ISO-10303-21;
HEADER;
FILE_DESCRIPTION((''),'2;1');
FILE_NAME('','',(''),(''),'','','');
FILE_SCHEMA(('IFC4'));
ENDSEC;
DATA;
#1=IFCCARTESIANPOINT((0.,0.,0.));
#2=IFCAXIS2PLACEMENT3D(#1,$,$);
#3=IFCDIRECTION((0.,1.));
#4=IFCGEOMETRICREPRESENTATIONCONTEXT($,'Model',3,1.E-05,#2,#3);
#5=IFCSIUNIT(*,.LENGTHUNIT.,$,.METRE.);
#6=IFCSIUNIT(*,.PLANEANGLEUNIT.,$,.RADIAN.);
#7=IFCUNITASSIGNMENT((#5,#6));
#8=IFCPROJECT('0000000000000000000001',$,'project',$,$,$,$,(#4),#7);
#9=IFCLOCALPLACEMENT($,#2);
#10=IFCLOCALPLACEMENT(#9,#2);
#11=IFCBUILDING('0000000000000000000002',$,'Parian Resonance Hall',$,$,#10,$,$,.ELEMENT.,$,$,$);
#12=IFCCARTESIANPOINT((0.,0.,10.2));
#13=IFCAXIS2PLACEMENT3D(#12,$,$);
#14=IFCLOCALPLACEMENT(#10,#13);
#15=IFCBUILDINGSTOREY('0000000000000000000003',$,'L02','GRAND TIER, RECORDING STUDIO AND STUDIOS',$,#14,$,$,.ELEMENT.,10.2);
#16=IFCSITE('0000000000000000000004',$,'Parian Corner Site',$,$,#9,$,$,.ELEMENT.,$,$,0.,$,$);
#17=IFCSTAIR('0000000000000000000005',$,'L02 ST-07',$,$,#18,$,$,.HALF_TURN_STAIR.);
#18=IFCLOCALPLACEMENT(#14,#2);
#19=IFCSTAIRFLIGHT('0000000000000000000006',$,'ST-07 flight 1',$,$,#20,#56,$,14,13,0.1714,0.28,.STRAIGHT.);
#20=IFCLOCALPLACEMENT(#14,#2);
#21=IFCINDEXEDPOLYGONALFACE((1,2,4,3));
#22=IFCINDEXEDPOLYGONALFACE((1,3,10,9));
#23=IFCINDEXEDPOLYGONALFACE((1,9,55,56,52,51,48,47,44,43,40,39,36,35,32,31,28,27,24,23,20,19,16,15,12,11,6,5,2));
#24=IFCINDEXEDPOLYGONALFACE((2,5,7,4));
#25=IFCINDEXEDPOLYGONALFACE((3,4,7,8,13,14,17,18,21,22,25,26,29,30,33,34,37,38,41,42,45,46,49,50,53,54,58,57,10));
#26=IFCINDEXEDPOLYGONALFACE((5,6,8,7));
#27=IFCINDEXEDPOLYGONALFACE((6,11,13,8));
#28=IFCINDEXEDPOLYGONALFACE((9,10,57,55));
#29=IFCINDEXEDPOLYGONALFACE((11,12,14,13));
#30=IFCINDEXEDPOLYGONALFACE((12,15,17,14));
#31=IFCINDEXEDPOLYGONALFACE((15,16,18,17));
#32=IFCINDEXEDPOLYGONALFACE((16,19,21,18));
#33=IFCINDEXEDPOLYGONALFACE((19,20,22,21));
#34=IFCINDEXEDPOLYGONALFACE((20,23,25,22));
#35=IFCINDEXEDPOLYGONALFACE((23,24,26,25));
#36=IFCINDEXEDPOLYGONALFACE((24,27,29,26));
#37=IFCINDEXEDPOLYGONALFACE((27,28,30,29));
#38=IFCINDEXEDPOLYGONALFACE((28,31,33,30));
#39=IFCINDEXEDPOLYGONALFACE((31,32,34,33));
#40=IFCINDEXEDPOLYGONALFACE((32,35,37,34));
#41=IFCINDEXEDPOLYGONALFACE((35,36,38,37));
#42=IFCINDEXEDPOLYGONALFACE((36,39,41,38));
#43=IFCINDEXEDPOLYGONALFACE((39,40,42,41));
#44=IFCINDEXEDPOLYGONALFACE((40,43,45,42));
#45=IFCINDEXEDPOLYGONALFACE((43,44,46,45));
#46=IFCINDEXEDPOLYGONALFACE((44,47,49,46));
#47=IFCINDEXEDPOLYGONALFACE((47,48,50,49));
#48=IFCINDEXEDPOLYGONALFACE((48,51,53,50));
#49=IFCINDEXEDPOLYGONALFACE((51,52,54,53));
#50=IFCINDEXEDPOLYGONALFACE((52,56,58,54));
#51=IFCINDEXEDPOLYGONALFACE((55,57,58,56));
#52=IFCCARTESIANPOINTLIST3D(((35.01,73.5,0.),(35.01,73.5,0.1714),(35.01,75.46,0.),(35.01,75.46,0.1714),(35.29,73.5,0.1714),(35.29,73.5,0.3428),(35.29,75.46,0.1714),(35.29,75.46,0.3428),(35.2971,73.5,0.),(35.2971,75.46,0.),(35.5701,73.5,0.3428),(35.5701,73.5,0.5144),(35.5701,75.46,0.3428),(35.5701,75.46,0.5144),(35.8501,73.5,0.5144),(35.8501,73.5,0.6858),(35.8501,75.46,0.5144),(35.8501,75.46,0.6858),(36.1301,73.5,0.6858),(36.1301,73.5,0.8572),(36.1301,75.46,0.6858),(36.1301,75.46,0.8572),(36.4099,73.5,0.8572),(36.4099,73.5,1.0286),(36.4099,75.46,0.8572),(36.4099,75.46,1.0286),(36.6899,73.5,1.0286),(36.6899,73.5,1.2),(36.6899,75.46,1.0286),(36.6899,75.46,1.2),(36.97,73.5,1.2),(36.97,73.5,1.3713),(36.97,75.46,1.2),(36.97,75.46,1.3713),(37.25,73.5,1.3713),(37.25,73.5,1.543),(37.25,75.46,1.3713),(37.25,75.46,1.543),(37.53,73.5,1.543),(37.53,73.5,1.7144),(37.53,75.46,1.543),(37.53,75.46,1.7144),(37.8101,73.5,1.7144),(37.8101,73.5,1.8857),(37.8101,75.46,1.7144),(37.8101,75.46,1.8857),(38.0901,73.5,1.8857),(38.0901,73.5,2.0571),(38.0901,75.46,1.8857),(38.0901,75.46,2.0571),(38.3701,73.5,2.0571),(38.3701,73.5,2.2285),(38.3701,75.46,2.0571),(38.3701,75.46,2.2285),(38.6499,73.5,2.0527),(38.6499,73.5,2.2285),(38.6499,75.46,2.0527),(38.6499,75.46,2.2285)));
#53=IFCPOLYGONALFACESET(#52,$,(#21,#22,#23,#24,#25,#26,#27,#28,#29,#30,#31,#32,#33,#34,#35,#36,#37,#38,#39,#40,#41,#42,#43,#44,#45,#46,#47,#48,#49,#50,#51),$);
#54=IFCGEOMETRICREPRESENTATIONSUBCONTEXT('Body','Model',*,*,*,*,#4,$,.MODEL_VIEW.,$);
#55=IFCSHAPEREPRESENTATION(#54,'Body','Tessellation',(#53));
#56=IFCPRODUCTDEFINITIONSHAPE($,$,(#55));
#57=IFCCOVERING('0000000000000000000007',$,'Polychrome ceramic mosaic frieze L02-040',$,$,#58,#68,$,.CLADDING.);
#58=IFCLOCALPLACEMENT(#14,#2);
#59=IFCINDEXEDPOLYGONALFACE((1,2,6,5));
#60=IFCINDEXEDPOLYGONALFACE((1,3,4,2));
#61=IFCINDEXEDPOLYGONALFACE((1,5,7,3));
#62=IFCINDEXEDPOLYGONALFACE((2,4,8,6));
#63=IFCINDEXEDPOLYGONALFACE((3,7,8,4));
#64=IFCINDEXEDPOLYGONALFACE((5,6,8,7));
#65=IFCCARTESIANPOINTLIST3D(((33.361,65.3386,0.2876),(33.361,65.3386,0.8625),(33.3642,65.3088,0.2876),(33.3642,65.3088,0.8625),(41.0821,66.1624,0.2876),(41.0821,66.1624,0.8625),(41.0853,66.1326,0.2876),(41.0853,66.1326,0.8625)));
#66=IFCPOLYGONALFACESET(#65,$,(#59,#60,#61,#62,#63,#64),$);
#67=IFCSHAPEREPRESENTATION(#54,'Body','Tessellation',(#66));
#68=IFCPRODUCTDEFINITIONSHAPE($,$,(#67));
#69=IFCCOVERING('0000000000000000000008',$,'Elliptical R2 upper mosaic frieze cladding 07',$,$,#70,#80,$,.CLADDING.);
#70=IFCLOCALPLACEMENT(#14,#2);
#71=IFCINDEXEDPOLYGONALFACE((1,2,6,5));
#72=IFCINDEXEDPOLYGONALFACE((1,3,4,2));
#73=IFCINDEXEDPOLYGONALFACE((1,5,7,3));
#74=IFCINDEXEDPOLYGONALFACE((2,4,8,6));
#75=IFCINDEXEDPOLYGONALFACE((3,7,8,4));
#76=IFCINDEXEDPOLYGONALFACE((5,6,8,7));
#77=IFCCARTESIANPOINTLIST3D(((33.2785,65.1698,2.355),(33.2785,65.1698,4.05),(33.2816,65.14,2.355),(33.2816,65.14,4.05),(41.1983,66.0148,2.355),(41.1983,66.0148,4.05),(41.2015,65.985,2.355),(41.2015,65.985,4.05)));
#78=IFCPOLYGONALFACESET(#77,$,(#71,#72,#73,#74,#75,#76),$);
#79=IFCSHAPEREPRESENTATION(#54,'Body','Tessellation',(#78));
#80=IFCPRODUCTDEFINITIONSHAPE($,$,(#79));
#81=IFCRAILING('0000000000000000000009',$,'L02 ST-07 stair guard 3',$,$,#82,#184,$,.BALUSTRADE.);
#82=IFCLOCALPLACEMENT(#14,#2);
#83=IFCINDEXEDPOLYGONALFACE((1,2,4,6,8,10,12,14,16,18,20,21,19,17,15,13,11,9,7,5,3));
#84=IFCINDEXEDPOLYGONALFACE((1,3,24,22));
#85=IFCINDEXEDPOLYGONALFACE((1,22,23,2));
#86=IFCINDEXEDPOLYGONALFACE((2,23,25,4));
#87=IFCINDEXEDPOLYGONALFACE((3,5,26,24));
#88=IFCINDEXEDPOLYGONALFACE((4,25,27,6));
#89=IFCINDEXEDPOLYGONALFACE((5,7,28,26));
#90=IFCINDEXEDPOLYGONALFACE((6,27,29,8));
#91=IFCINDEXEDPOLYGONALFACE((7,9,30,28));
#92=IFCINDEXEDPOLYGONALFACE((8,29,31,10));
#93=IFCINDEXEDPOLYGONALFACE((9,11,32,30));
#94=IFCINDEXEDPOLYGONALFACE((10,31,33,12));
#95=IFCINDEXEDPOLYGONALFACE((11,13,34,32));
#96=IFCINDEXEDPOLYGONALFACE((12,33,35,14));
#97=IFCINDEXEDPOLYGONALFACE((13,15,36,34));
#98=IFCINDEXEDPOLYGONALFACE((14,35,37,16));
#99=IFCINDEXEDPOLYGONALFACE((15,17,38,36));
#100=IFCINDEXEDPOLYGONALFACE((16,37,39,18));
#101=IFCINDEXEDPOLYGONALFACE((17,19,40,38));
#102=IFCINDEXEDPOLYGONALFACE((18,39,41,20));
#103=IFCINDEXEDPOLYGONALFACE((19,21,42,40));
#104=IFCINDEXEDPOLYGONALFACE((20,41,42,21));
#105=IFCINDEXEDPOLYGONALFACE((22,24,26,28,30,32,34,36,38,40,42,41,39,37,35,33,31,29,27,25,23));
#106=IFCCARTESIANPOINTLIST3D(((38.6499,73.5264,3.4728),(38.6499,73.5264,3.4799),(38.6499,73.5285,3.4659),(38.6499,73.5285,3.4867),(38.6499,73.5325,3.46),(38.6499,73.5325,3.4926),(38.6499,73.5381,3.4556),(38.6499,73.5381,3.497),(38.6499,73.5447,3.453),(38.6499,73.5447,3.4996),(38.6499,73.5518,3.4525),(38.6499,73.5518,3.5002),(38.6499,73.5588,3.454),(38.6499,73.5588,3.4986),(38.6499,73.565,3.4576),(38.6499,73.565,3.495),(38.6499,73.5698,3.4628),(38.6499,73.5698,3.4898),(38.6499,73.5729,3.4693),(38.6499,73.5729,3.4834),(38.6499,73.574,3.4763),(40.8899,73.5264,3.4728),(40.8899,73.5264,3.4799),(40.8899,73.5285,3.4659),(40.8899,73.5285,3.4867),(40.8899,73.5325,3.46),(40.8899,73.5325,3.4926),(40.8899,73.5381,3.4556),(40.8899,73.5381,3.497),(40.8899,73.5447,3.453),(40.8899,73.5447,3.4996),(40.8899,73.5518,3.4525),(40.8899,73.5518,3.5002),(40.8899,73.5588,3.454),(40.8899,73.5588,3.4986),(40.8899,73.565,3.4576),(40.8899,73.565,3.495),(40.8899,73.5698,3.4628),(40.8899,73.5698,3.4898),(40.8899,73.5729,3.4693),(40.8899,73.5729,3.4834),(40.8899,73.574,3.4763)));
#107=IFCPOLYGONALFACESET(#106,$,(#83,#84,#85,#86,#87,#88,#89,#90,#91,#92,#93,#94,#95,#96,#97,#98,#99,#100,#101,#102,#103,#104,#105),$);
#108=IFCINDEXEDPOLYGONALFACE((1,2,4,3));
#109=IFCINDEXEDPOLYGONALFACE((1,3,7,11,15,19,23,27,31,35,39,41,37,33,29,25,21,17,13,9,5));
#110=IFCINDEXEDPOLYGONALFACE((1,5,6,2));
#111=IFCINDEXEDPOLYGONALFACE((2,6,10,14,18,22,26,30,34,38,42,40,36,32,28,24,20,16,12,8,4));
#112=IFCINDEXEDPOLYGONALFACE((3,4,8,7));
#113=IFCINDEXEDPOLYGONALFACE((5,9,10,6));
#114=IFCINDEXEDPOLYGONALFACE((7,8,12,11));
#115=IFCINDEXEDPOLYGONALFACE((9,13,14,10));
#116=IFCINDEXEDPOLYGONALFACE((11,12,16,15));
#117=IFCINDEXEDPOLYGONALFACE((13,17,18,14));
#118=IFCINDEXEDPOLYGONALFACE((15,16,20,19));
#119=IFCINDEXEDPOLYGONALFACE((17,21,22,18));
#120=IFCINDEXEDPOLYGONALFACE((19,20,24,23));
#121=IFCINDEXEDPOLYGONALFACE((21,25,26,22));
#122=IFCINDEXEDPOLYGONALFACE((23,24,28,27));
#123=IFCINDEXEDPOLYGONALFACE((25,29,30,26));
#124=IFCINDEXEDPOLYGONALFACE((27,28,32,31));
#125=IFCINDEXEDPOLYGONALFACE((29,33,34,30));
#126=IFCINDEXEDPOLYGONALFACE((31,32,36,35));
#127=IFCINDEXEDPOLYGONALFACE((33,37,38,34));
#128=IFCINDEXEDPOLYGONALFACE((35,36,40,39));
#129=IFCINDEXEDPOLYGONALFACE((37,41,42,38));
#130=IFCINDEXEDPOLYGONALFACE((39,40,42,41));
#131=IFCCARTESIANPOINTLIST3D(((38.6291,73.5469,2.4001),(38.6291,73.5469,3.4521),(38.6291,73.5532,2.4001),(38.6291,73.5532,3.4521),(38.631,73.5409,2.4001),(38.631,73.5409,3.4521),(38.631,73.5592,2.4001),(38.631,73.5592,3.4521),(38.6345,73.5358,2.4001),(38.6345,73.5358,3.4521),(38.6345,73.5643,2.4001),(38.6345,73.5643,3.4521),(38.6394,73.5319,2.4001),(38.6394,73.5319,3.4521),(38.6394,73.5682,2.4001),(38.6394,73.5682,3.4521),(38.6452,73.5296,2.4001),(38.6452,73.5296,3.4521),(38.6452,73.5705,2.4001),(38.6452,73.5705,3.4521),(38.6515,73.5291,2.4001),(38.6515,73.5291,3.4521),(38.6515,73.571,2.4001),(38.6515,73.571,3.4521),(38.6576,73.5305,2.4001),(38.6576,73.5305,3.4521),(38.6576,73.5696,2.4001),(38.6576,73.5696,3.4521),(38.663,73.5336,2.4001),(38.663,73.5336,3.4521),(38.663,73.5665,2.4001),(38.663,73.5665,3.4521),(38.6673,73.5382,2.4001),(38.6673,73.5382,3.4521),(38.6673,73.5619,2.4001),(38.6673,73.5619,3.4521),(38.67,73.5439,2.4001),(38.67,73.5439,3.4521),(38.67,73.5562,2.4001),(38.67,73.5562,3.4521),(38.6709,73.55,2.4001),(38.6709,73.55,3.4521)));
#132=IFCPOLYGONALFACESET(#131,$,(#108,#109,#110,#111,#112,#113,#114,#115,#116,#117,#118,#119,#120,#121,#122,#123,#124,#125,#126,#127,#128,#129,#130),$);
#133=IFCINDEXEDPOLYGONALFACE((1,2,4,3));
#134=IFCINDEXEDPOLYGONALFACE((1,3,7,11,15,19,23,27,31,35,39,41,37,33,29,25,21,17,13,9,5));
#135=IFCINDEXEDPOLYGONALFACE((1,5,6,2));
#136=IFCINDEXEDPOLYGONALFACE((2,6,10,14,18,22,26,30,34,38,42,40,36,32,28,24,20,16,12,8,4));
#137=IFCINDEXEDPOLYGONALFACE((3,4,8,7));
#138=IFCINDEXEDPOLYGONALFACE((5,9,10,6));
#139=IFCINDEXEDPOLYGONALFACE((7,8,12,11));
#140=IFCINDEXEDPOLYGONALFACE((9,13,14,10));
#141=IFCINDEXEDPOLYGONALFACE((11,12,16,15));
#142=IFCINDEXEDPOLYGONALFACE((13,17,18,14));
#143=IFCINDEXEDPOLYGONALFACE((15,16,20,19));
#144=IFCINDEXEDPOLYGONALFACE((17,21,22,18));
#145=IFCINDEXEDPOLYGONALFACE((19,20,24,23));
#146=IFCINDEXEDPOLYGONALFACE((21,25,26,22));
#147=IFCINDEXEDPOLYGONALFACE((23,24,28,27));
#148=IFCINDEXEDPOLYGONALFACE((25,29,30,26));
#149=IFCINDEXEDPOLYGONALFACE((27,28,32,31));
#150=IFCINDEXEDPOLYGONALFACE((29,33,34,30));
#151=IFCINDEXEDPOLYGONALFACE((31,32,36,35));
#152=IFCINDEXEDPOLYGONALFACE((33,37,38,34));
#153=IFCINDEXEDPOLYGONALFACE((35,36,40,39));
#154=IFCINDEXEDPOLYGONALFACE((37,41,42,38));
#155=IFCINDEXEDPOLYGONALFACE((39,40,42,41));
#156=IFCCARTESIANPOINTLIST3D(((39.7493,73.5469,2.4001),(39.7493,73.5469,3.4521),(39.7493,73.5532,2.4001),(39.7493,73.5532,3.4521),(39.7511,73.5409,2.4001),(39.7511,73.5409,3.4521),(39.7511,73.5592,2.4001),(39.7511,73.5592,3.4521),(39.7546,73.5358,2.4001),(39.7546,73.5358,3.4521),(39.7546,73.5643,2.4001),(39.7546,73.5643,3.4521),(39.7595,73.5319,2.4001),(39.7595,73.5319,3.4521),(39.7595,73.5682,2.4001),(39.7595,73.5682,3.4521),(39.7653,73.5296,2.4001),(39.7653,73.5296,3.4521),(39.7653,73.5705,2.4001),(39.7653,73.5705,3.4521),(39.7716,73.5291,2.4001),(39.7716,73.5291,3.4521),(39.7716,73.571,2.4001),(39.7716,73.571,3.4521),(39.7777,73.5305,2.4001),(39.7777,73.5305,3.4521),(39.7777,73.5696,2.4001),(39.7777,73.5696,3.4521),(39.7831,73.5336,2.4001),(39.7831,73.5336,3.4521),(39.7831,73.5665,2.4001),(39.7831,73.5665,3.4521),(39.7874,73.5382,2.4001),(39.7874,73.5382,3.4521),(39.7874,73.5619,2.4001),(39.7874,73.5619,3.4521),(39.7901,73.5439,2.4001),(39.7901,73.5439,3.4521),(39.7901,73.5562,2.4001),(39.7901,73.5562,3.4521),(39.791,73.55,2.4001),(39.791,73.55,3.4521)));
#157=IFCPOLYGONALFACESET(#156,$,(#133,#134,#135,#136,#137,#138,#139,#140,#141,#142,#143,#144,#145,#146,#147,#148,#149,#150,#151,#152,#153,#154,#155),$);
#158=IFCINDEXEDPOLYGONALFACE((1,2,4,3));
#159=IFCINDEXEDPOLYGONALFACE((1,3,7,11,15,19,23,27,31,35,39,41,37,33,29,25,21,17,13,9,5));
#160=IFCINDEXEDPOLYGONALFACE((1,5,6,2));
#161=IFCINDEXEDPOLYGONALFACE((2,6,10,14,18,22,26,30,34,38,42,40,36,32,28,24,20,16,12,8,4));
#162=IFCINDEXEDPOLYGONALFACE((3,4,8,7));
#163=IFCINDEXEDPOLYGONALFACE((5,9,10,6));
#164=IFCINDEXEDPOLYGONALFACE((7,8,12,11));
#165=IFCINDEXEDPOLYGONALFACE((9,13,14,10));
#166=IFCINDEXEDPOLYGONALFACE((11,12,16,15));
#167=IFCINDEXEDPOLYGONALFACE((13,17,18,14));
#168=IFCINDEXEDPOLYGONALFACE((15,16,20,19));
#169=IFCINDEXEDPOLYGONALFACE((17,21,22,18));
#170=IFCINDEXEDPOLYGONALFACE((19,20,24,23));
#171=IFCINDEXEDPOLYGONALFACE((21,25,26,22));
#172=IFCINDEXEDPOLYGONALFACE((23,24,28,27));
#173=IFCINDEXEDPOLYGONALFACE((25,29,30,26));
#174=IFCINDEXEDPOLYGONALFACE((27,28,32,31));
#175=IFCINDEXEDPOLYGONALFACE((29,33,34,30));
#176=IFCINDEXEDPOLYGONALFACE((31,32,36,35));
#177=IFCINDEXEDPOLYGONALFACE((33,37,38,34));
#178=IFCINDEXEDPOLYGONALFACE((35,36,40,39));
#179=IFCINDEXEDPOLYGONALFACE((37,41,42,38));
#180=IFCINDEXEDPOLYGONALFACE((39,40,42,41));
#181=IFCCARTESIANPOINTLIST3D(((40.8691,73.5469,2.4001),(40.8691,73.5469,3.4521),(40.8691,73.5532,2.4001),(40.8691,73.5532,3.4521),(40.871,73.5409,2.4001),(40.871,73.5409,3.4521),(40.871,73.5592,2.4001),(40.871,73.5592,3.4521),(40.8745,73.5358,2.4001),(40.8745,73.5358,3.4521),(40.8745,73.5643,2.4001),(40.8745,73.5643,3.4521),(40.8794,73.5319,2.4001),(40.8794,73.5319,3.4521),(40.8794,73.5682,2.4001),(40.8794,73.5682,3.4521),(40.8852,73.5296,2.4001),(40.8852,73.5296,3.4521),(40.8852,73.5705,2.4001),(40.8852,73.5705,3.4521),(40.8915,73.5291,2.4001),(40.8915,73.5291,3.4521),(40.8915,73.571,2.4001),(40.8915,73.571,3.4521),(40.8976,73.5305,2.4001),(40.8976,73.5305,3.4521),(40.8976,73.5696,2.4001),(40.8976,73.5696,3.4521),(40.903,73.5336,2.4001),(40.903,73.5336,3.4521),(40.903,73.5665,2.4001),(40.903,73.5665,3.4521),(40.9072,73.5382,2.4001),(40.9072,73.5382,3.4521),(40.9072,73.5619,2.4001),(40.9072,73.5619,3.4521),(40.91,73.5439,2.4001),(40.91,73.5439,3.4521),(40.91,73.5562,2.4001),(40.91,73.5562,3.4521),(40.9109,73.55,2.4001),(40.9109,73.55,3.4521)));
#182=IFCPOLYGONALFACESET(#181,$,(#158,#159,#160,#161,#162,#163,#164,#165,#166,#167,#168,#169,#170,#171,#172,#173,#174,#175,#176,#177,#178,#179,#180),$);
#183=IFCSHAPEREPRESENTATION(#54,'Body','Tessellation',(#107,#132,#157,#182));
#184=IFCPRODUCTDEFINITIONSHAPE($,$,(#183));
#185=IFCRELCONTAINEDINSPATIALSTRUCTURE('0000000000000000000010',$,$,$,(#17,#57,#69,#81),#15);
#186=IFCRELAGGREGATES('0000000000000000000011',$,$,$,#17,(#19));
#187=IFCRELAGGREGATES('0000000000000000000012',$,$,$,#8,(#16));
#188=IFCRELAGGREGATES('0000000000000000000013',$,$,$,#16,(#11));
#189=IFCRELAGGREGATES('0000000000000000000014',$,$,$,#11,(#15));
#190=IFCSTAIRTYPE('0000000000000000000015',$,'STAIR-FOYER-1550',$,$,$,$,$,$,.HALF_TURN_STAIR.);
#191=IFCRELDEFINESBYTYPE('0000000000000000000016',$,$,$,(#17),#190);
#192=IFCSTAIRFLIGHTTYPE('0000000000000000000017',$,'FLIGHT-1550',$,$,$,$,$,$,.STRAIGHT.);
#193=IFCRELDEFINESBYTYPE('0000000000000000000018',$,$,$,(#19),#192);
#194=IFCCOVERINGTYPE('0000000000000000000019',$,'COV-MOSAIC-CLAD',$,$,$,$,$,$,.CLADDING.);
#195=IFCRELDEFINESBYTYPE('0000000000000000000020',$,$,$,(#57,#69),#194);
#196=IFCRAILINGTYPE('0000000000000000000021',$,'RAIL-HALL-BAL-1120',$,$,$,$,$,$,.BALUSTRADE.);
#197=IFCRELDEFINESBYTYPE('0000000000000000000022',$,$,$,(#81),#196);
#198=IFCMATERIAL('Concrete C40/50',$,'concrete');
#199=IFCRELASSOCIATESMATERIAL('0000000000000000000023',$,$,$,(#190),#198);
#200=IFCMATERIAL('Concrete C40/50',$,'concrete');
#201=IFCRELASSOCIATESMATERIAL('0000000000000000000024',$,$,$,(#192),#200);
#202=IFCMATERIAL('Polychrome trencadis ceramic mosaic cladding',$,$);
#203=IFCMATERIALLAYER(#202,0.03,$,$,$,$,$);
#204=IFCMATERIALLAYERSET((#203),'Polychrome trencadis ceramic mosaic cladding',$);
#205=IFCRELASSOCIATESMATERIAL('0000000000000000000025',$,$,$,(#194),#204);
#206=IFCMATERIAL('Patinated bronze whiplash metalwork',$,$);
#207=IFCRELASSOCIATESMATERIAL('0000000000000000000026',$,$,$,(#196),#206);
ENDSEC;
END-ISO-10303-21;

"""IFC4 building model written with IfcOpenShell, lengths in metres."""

from ifc_helpers import new_model, si_unit, direction, frame, origin, origin_2d, place, context, subcontext, project, spatial, polyline, rectangle, circle, outline, extrude, material, layer, layer_set, type_object, element, aggregate, save


model = new_model("IFC4")

# Units and contexts
model_context = context("Model", 3, precision=1e-05, world=origin(), true_north=direction((0.0, 1.0)))
body_context = subcontext(model_context, "Body", "Model", "MODEL_VIEW")
ifc_project = project(units=[si_unit("LENGTHUNIT", "METRE"), si_unit("PLANEANGLEUNIT", "RADIAN")], contexts=[model_context])

# Site, building, storey
site_placement = place(None, origin())
site = spatial("IfcSite", under=ifc_project, at=site_placement, Name="Parian Corner Site", CompositionType="ELEMENT", RefElevation=0.0)
building_placement = place(site_placement, origin())
building = spatial("IfcBuilding", under=site, at=building_placement, Name="Parian Resonance Hall", CompositionType="ELEMENT")
storey_placement = place(building_placement, frame((0.0, 0.0, 10.2)))
storey = spatial("IfcBuildingStorey", under=building, at=storey_placement, Name="L02", Description="GRAND TIER, RECORDING STUDIO AND STUDIOS", CompositionType="ELEMENT", Elevation=10.2)

# Stair, stair flight
ifc_material_1 = material(Name="Concrete C40/50", Category="concrete")
stair_type = type_object("IfcStairType", Name="STAIR-FOYER-1550", PredefinedType="HALF_TURN_STAIR", material=ifc_material_1)
stair_placement = place(storey_placement, origin())
stair = element("IfcStair", 1, at=stair_placement, inside=storey, type_object=stair_type, Name="L02 ST-07", PredefinedType="HALF_TURN_STAIR")
ifc_material_2 = material(Name="Concrete C40/50", Category="concrete")
stair_flight_type = type_object("IfcStairFlightType", Name="FLIGHT-1550", PredefinedType="STRAIGHT", material=ifc_material_2)
stair_flight_placement = place(storey_placement, frame((35.01, 74.48, 0.0), z_axis=(0.0, 0.0, 1.0), x_axis=(1.0, 0.0, 0.0)))
stair_flight = element("IfcStairFlight", 2, at=stair_flight_placement, type_object=stair_flight_type, Name="ST-07 flight 1", NumberOfRisers=14, NumberOfTreads=13, PredefinedType="STRAIGHT", RiserHeight=0.1714, TreadLength=0.28, context=body_context, shape_type="SweptSolid", body=[
    extrude(outline(polyline([(0.0, 0.0), (0.0, 0.1714), (0.28, 0.1714), (0.28, 0.3428), (0.5601, 0.3428), (0.5601, 0.5144), (0.8401, 0.5144), (0.8401, 0.6858), (1.1201, 0.6858), (1.1201, 0.8572), (1.3999, 0.8572), (1.3999, 1.0286), (1.6799, 1.0286), (1.6799, 1.2), (1.96, 1.2), (1.96, 1.3713), (2.24, 1.3713), (2.24, 1.543), (2.52, 1.543), (2.52, 1.7144), (2.8, 1.7144), (2.8, 1.8857), (3.0801, 1.8857), (3.0801, 2.0571), (3.3601, 2.0571), (3.3601, 2.2285), (3.6399, 2.2285), (3.6399, 2.3999), (3.6399, 2.0527), (0.2871, 0.0), (0.0, 0.0)])), frame((0.0, 0.98, 0.0), z_axis=(0.0, -1.0, 0.0), x_axis=(1.0, 0.0, 0.0)), (0.0, 0.0, 1.0), 1.96),
])
aggregate(stair, [stair_flight])

# Coverings
ifc_material_3 = material(Name="Polychrome trencadis ceramic mosaic cladding")
ifc_layer_1 = layer(ifc_material_3, 0.03)
ifc_layer_set_1 = layer_set([ifc_layer_1], Name="Polychrome trencadis ceramic mosaic cladding")
covering_type = type_object("IfcCoveringType", Name="COV-MOSAIC-CLAD", PredefinedType="CLADDING", material=ifc_layer_set_1)
covering_1_placement = place(storey_placement, frame((37.2231, 65.7356, 0.2876), z_axis=(0.0, 0.0, 1.0), x_axis=(0.994356, 0.106091, 0.0)))
element("IfcCovering", 3, at=covering_1_placement, inside=storey, type_object=covering_type, Name="Polychrome ceramic mosaic frieze L02-040", PredefinedType="CLADDING", context=body_context, shape_type="SweptSolid", body=[
    extrude(rectangle(XDim=7.7649, YDim=0.03, at=origin_2d()), origin(), (0.0, 0.0, 1.0), 0.575),
])
covering_2_placement = place(storey_placement, frame((37.24, 65.5774, 2.355), z_axis=(0.0, 0.0, 1.0), x_axis=(0.994356, 0.106091, 0.0)))
element("IfcCovering", 4, at=covering_2_placement, inside=storey, type_object=covering_type, Name="Elliptical R2 upper mosaic frieze cladding 07", PredefinedType="CLADDING", context=body_context, shape_type="SweptSolid", body=[
    extrude(rectangle(XDim=7.9648, YDim=0.03, at=origin_2d()), origin(), (0.0, 0.0, 1.0), 1.6951),
])

# Railing
ifc_material_4 = material(Name="Patinated bronze whiplash metalwork")
railing_type_1 = type_object("IfcRailingType", Name="RAIL-HALL-BAL-1120", PredefinedType="BALUSTRADE", material=ifc_material_4)
railing_1_placement = place(storey_placement, frame((38.6499, 73.55, 2.4001)))
element("IfcRailing", 5, at=railing_1_placement, inside=storey, type_object=railing_type_1, Name="L02 ST-07 stair guard 3", PredefinedType="BALUSTRADE", context=body_context, shape_type="SweptSolid", body=[
    extrude(circle(Radius=0.0239, at=origin_2d()), frame((0.0, 0.0, 1.0762), z_axis=(1.0, 0.0, 0.0), x_axis=(0.0, 1.0, 0.0)), (0.0, 0.0, 1.0), 2.24),
    extrude(circle(Radius=0.021, at=origin_2d()), origin(), (0.0, 0.0, 1.0), 1.052),
    extrude(circle(Radius=0.021, at=origin_2d()), frame((1.1201, 0.0, 0.0)), (0.0, 0.0, 1.0), 1.052),
    extrude(circle(Radius=0.021, at=origin_2d()), frame((2.24, 0.0, 0.0)), (0.0, 0.0, 1.0), 1.052),
])

save(model, "model.ifc")
